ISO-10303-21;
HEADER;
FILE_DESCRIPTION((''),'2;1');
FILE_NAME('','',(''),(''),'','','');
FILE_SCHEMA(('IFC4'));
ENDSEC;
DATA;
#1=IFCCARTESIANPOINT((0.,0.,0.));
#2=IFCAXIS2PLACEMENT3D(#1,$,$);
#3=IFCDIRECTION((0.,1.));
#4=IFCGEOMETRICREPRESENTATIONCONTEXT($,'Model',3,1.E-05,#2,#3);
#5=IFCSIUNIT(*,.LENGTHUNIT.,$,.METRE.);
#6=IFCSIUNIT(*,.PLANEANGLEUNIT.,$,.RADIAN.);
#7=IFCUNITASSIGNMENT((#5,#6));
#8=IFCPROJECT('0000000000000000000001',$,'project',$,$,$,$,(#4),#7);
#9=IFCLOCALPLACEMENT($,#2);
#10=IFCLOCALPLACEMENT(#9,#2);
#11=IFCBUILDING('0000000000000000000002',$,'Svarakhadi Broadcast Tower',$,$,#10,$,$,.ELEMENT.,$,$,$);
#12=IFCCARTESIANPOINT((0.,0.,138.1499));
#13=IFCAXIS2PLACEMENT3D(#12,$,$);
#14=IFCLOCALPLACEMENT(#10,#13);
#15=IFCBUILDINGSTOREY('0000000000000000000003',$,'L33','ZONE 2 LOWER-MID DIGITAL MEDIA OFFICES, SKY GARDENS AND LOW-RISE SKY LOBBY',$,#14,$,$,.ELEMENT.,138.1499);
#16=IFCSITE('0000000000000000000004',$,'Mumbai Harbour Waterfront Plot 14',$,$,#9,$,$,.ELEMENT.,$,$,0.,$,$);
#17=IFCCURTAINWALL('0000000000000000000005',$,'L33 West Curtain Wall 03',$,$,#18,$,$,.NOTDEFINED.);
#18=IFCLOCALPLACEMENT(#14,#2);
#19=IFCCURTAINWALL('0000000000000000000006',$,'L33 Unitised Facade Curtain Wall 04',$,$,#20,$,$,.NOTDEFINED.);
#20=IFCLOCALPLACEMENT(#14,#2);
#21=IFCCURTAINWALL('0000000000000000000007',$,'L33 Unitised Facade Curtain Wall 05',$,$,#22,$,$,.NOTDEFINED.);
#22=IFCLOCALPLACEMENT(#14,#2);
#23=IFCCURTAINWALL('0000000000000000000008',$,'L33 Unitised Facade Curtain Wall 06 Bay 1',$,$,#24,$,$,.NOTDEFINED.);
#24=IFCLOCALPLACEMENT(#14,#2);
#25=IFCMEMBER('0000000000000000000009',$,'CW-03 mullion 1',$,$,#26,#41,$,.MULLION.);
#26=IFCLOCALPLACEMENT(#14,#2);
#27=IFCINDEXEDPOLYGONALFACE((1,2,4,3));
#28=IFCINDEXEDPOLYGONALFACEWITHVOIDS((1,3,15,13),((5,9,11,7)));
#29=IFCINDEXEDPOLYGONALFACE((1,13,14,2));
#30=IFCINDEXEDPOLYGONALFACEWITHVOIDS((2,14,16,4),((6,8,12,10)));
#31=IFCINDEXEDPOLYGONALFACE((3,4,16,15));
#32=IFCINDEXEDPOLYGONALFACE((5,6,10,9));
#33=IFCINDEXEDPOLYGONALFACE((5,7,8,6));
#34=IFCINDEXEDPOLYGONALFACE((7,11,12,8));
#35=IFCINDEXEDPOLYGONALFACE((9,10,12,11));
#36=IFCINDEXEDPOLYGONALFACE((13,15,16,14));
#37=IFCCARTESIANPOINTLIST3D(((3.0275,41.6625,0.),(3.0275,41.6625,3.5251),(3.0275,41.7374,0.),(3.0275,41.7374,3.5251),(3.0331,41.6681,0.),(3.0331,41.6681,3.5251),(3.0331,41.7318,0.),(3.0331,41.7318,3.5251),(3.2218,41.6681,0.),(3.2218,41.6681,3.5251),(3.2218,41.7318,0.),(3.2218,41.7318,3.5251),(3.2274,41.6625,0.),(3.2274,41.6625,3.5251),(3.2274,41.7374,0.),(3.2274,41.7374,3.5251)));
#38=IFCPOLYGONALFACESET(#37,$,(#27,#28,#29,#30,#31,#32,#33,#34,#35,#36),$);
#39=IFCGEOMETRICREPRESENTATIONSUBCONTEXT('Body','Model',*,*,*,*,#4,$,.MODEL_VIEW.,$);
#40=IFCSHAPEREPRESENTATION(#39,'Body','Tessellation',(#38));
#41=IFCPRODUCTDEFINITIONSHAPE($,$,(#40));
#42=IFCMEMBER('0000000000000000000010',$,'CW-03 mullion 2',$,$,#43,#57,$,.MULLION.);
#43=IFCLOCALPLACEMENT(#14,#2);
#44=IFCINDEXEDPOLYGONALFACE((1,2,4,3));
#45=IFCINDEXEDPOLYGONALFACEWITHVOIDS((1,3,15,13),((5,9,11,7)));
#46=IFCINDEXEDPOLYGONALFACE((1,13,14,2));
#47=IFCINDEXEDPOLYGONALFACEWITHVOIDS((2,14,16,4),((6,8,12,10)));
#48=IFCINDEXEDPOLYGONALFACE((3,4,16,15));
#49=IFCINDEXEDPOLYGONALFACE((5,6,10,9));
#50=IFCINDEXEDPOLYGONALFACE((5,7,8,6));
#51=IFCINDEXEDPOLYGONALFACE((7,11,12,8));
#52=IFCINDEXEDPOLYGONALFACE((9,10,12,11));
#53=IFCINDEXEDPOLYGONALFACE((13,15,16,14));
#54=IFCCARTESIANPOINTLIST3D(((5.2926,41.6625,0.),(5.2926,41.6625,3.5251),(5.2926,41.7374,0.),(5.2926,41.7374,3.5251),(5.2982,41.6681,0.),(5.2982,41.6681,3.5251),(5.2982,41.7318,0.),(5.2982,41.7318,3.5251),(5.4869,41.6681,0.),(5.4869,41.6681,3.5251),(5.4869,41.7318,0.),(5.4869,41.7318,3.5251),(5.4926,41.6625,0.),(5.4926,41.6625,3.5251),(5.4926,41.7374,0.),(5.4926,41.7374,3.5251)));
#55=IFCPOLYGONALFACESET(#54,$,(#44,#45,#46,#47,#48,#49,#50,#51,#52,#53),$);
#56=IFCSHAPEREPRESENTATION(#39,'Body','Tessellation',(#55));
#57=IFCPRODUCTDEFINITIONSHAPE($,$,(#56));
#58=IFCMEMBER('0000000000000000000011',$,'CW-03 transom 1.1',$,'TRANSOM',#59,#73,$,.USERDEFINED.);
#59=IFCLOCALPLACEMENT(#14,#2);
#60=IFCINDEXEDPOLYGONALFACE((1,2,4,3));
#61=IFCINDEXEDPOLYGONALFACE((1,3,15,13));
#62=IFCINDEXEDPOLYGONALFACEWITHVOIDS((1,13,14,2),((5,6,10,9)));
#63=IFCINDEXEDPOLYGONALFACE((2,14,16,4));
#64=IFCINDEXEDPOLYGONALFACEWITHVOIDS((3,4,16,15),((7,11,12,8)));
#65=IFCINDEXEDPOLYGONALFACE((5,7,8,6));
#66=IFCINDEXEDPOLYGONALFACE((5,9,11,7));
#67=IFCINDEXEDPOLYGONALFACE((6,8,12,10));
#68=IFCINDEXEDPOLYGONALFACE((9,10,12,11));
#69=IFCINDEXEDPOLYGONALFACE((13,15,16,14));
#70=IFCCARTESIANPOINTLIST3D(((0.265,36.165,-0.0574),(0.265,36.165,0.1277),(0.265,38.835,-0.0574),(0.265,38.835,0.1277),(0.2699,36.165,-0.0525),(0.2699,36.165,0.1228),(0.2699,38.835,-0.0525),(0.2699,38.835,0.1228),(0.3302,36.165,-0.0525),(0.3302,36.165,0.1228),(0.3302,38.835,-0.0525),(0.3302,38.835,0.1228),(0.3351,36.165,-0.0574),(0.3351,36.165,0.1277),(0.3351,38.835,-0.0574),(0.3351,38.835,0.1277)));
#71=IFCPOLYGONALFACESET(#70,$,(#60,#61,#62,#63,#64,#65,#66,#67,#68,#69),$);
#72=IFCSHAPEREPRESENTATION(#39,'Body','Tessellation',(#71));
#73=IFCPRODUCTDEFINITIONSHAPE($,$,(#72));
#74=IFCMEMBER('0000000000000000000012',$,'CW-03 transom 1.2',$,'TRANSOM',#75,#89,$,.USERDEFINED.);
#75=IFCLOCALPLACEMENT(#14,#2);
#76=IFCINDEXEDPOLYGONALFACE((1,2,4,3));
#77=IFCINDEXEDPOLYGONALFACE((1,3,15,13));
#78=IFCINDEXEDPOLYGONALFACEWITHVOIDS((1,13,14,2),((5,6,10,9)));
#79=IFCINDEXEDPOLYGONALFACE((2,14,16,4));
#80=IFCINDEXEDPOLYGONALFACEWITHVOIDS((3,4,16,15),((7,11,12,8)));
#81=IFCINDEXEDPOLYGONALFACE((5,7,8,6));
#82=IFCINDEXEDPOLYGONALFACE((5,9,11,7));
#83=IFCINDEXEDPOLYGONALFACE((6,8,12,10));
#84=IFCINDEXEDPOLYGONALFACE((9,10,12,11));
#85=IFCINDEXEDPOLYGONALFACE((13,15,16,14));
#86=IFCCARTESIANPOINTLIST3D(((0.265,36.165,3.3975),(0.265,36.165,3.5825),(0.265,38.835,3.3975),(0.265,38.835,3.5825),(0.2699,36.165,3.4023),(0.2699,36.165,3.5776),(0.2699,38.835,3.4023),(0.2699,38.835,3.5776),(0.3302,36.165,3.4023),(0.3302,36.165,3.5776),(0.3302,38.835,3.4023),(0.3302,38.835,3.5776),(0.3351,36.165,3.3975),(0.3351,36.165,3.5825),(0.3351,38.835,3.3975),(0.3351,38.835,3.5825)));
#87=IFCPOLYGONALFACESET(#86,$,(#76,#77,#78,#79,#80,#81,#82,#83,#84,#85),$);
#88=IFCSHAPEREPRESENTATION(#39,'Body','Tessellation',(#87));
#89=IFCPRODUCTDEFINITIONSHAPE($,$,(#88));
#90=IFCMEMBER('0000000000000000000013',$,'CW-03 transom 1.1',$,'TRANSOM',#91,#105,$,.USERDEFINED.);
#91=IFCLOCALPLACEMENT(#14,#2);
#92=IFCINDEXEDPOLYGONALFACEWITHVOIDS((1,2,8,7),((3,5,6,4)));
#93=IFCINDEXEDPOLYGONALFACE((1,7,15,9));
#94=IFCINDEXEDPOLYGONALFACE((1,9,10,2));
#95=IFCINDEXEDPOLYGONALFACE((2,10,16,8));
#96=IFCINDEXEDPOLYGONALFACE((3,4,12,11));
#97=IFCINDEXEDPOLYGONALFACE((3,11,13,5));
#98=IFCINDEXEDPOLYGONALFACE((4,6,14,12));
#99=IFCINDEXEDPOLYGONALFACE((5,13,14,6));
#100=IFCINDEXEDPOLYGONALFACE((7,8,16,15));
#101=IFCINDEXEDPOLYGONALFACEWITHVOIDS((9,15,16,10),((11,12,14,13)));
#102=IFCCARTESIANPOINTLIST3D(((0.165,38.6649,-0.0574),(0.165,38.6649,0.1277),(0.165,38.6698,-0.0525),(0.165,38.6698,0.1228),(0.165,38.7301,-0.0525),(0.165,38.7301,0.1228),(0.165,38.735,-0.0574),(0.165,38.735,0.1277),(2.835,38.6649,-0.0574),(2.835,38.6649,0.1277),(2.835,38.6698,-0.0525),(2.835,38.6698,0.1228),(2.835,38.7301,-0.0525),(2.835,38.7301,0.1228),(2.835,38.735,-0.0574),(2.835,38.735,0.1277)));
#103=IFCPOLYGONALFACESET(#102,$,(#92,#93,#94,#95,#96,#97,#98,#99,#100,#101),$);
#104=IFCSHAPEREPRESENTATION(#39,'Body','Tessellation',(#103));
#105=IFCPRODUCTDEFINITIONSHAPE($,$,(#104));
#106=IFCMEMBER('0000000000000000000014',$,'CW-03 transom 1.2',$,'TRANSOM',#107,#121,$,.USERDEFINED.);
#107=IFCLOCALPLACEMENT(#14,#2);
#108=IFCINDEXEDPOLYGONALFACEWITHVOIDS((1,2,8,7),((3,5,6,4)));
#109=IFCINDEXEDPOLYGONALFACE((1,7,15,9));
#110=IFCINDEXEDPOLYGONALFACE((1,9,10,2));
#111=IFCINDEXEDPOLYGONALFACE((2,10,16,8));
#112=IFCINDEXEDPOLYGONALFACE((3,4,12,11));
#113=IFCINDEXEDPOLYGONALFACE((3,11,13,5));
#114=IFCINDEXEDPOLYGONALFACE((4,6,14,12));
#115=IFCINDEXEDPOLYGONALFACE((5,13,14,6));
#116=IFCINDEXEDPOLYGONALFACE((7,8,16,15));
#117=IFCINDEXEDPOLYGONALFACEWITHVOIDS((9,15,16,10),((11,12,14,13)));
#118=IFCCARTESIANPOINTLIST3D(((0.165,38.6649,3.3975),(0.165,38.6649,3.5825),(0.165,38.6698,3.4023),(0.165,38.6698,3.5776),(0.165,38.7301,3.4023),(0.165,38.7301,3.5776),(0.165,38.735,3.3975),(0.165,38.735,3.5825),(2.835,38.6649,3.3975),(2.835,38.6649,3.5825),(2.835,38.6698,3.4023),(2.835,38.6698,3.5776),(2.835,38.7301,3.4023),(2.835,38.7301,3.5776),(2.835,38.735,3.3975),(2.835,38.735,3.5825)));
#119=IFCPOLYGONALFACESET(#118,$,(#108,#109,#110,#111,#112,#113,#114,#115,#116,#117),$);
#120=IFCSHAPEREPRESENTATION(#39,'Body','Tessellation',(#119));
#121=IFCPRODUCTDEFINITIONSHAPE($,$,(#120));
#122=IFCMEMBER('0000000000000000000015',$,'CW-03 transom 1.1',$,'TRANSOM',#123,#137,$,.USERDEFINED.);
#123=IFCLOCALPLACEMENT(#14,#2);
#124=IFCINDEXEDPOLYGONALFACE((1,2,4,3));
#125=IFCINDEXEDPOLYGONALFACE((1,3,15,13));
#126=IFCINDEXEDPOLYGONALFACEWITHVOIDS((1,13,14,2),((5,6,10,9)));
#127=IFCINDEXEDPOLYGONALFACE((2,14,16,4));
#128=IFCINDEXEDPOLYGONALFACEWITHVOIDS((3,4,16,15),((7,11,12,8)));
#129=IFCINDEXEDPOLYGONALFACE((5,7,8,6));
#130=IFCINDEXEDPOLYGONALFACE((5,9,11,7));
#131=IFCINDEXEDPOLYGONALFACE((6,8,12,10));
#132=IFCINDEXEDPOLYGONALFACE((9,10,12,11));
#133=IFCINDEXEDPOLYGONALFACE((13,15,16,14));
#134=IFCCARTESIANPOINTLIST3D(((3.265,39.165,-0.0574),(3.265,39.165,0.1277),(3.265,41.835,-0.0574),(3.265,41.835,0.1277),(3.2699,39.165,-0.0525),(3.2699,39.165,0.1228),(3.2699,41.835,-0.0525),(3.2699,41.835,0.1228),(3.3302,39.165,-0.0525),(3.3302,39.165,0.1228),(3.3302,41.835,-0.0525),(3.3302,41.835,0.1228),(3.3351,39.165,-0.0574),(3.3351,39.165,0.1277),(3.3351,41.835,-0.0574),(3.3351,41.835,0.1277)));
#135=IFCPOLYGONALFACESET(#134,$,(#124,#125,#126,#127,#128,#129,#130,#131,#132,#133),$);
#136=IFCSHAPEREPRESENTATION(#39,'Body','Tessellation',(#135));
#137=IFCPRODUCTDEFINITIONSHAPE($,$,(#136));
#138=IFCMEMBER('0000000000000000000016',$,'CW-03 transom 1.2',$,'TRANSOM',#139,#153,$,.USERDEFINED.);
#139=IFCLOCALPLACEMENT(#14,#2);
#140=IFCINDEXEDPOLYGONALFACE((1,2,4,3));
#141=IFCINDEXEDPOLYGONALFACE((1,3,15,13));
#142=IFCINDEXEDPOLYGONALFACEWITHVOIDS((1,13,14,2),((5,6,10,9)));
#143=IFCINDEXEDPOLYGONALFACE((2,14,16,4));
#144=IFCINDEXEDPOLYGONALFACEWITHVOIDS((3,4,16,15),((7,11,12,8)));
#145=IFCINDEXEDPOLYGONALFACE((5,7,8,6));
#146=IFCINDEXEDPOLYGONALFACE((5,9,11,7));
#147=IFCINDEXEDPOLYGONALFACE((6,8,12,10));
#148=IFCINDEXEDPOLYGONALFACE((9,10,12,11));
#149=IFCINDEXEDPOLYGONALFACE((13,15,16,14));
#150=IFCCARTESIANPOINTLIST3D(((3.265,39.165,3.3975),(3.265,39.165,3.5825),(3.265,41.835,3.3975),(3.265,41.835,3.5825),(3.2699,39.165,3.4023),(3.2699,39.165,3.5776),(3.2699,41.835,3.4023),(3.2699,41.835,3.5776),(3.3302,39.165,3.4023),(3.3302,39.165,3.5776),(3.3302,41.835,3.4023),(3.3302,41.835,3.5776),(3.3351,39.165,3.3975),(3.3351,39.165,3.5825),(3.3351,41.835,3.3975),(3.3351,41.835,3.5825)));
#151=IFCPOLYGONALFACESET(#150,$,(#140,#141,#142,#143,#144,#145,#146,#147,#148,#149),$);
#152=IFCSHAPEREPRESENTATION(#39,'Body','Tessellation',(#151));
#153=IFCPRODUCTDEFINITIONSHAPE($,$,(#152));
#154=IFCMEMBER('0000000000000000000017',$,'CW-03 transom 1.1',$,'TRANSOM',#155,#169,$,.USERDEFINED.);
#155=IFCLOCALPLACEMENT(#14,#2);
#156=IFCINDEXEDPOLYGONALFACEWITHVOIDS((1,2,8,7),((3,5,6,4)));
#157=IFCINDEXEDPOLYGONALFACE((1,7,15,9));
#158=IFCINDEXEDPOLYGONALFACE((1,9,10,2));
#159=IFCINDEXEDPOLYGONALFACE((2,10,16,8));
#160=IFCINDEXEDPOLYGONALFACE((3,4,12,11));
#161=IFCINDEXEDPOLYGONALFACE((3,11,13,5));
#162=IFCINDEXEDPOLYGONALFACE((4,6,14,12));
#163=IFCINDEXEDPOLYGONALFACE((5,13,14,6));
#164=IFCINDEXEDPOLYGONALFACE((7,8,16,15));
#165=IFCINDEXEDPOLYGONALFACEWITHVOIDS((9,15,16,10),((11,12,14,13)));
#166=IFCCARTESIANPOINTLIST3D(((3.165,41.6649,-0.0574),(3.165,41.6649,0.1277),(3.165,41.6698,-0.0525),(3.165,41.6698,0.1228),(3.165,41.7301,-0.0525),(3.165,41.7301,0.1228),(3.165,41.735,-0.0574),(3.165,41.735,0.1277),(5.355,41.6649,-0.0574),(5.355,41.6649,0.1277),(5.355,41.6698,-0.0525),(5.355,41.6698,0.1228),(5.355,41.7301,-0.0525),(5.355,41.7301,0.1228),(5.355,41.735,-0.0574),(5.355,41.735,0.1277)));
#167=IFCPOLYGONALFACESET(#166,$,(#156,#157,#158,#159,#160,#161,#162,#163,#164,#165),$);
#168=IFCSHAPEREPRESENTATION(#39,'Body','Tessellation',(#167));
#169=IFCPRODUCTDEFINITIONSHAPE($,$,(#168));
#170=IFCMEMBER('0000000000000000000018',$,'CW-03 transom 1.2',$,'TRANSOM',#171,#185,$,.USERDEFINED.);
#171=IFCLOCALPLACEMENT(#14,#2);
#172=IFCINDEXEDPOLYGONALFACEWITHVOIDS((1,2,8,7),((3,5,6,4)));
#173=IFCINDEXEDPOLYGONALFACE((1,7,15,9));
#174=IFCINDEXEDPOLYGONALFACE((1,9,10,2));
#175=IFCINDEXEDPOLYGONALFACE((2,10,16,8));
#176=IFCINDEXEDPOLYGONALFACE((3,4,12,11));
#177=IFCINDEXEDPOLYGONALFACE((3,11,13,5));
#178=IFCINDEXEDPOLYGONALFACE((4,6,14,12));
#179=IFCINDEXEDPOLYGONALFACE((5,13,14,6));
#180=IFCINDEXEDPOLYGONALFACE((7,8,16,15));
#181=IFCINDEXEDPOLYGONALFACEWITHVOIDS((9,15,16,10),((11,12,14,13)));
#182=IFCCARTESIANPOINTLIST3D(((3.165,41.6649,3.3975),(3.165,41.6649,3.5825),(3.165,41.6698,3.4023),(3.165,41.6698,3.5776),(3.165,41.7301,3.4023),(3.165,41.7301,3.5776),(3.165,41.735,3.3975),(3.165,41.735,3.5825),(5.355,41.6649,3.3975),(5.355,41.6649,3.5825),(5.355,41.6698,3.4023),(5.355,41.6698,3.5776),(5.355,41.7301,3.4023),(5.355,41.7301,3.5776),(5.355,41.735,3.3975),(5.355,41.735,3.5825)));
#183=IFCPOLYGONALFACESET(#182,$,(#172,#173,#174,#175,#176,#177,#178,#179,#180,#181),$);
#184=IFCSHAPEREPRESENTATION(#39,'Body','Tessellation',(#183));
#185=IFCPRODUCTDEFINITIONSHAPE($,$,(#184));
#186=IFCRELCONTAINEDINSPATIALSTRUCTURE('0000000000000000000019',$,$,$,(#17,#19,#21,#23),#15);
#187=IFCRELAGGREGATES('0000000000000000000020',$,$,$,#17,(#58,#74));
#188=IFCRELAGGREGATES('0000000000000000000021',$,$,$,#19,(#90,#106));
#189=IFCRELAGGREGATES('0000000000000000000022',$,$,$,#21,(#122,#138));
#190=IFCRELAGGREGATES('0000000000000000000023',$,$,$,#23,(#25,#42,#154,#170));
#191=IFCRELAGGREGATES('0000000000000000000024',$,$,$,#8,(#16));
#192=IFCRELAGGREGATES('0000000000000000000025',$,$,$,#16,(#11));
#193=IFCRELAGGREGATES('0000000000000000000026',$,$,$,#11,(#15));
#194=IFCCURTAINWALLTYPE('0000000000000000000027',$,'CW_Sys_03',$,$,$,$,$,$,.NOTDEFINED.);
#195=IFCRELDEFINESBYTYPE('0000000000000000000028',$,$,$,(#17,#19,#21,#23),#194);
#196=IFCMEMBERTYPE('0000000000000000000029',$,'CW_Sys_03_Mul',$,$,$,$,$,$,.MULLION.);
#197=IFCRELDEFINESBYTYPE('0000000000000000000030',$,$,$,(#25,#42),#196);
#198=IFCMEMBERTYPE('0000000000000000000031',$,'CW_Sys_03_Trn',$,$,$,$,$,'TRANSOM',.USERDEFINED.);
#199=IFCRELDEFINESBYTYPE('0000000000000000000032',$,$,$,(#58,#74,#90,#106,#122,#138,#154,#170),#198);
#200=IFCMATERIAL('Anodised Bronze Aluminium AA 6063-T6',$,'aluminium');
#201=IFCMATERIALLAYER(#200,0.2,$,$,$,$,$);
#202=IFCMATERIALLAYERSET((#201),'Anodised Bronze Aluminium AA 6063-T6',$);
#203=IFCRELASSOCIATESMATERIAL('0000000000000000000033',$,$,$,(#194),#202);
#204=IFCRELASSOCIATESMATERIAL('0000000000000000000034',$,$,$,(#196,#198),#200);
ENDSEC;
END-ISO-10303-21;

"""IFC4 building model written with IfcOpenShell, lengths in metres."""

from ifc_helpers import new_model, si_unit, direction, frame, origin, origin_2d, place, context, subcontext, project, spatial, hollow_rectangle, extrude, material, layer, layer_set, material_profile, profile_set, type_object, element, aggregate, save


model = new_model("IFC4")

# Units and contexts
model_context = context("Model", 3, precision=1e-05, world=origin(), true_north=direction((0.0, 1.0)))
body_context = subcontext(model_context, "Body", "Model", "MODEL_VIEW")
ifc_project = project(units=[si_unit("LENGTHUNIT", "METRE"), si_unit("PLANEANGLEUNIT", "RADIAN")], contexts=[model_context])

# Site, building, storey
site_placement = place(None, origin())
site = spatial("IfcSite", under=ifc_project, at=site_placement, Name="Mumbai Harbour Waterfront Plot 14", CompositionType="ELEMENT", RefElevation=0.0)
building_placement = place(site_placement, origin())
building = spatial("IfcBuilding", under=site, at=building_placement, Name="Svarakhadi Broadcast Tower", CompositionType="ELEMENT")
storey_placement = place(building_placement, frame((0.0, 0.0, 138.1499)))
storey = spatial("IfcBuildingStorey", under=building, at=storey_placement, Name="L33", Description="ZONE 2 LOWER-MID DIGITAL MEDIA OFFICES, SKY GARDENS AND LOW-RISE SKY LOBBY", CompositionType="ELEMENT", Elevation=138.1499)

# Curtain walls, members
ifc_material_1 = material(Name="Anodised Bronze Aluminium AA 6063-T6", Category="aluminium")
ifc_layer_1 = layer(ifc_material_1, 0.2)
ifc_layer_set_1 = layer_set([ifc_layer_1], Name="Anodised Bronze Aluminium AA 6063-T6")
curtain_wall_type = type_object("IfcCurtainWallType", Name="CW_Sys_03", PredefinedType="NOTDEFINED", material=ifc_layer_set_1)
curtain_wall_1_placement = place(storey_placement, origin())
curtain_wall_1 = element("IfcCurtainWall", 1, at=curtain_wall_1_placement, inside=storey, type_object=curtain_wall_type, Name="L33 West Curtain Wall 03", PredefinedType="NOTDEFINED")
ifc_material_profile_1 = material_profile(ifc_material_1, hollow_rectangle(XDim=0.075, YDim=0.2, WallThickness=0.0056, at=origin_2d()), Name="ALU MULLION 200x75x6")
ifc_profile_set_1 = profile_set([ifc_material_profile_1], Name="Anodised Bronze Aluminium AA 6063-T6")
member_type_1 = type_object("IfcMemberType", Name="CW_Sys_03_Mul", PredefinedType="MULLION", material=ifc_profile_set_1)
curtain_wall_2_placement = place(storey_placement, origin())
curtain_wall_2 = element("IfcCurtainWall", 2, at=curtain_wall_2_placement, inside=storey, type_object=curtain_wall_type, Name="L33 Unitised Facade Curtain Wall 04", PredefinedType="NOTDEFINED")
curtain_wall_3_placement = place(storey_placement, origin())
curtain_wall_3 = element("IfcCurtainWall", 3, at=curtain_wall_3_placement, inside=storey, type_object=curtain_wall_type, Name="L33 Unitised Facade Curtain Wall 05", PredefinedType="NOTDEFINED")
curtain_wall_4_placement = place(storey_placement, origin())
curtain_wall_4 = element("IfcCurtainWall", 4, at=curtain_wall_4_placement, inside=storey, type_object=curtain_wall_type, Name="L33 Unitised Facade Curtain Wall 06 Bay 1", PredefinedType="NOTDEFINED")
member_1_placement = place(storey_placement, frame((3.1274, 41.7, 0.0), z_axis=(0.0, 0.0, 1.0), x_axis=(0.0, 1.0, 0.0)))
member_1 = element("IfcMember", 5, at=member_1_placement, type_object=member_type_1, Name="CW-03 mullion 1", PredefinedType="MULLION", context=body_context, shape_type="SweptSolid", body=[
    extrude(hollow_rectangle(XDim=0.075, YDim=0.2, WallThickness=0.0056, at=origin_2d()), origin(), (0.0, 0.0, 1.0), 3.5251),
])
member_2_placement = place(storey_placement, frame((5.3926, 41.7, 0.0), z_axis=(0.0, 0.0, 1.0), x_axis=(0.0, 1.0, 0.0)))
member_2 = element("IfcMember", 6, at=member_2_placement, type_object=member_type_1, Name="CW-03 mullion 2", PredefinedType="MULLION", context=body_context, shape_type="SweptSolid", body=[
    extrude(hollow_rectangle(XDim=0.075, YDim=0.2, WallThickness=0.0056, at=origin_2d()), origin(), (0.0, 0.0, 1.0), 3.5251),
])

# Members
ifc_material_profile_2 = material_profile(ifc_material_1, hollow_rectangle(XDim=0.0701, YDim=0.1851, WallThickness=0.0049, at=origin_2d()), Name="ALU TRANSOM 185x70x5")
ifc_profile_set_2 = profile_set([ifc_material_profile_2], Name="Anodised Bronze Aluminium AA 6063-T6")
member_type_2 = type_object("IfcMemberType", Name="CW_Sys_03_Trn", ElementType="TRANSOM", PredefinedType="USERDEFINED", material=ifc_profile_set_2)
member_3_placement = place(storey_placement, frame((0.3, 36.165, 0.0352), z_axis=(0.0, 1.0, 0.0), x_axis=(-1.0, 0.0, 0.0)))
member_3 = element("IfcMember", 7, at=member_3_placement, type_object=member_type_2, Name="CW-03 transom 1.1", ObjectType="TRANSOM", PredefinedType="USERDEFINED", context=body_context, shape_type="SweptSolid", body=[
    extrude(hollow_rectangle(XDim=0.0701, YDim=0.1851, WallThickness=0.0049, at=origin_2d()), origin(), (0.0, 0.0, 1.0), 2.6699),
])
member_4_placement = place(storey_placement, frame((0.3, 36.165, 3.49), z_axis=(0.0, 1.0, 0.0), x_axis=(-1.0, 0.0, 0.0)))
member_4 = element("IfcMember", 8, at=member_4_placement, type_object=member_type_2, Name="CW-03 transom 1.2", ObjectType="TRANSOM", PredefinedType="USERDEFINED", context=body_context, shape_type="SweptSolid", body=[
    extrude(hollow_rectangle(XDim=0.0701, YDim=0.1851, WallThickness=0.0049, at=origin_2d()), origin(), (0.0, 0.0, 1.0), 2.6699),
])
member_5_placement = place(storey_placement, frame((0.165, 38.7, 0.0352), z_axis=(1.0, 0.0, 0.0), x_axis=(0.0, 1.0, 0.0)))
member_5 = element("IfcMember", 9, at=member_5_placement, type_object=member_type_2, Name="CW-03 transom 1.1", ObjectType="TRANSOM", PredefinedType="USERDEFINED", context=body_context, shape_type="SweptSolid", body=[
    extrude(hollow_rectangle(XDim=0.0701, YDim=0.1851, WallThickness=0.0049, at=origin_2d()), origin(), (0.0, 0.0, 1.0), 2.6699),
])
member_6_placement = place(storey_placement, frame((0.165, 38.7, 3.49), z_axis=(1.0, 0.0, 0.0), x_axis=(0.0, 1.0, 0.0)))
member_6 = element("IfcMember", 10, at=member_6_placement, type_object=member_type_2, Name="CW-03 transom 1.2", ObjectType="TRANSOM", PredefinedType="USERDEFINED", context=body_context, shape_type="SweptSolid", body=[
    extrude(hollow_rectangle(XDim=0.0701, YDim=0.1851, WallThickness=0.0049, at=origin_2d()), origin(), (0.0, 0.0, 1.0), 2.6699),
])
member_7_placement = place(storey_placement, frame((3.3, 39.165, 0.0352), z_axis=(0.0, 1.0, 0.0), x_axis=(-1.0, 0.0, 0.0)))
member_7 = element("IfcMember", 11, at=member_7_placement, type_object=member_type_2, Name="CW-03 transom 1.1", ObjectType="TRANSOM", PredefinedType="USERDEFINED", context=body_context, shape_type="SweptSolid", body=[
    extrude(hollow_rectangle(XDim=0.0701, YDim=0.1851, WallThickness=0.0049, at=origin_2d()), origin(), (0.0, 0.0, 1.0), 2.6699),
])
member_8_placement = place(storey_placement, frame((3.3, 39.165, 3.49), z_axis=(0.0, 1.0, 0.0), x_axis=(-1.0, 0.0, 0.0)))
member_8 = element("IfcMember", 12, at=member_8_placement, type_object=member_type_2, Name="CW-03 transom 1.2", ObjectType="TRANSOM", PredefinedType="USERDEFINED", context=body_context, shape_type="SweptSolid", body=[
    extrude(hollow_rectangle(XDim=0.0701, YDim=0.1851, WallThickness=0.0049, at=origin_2d()), origin(), (0.0, 0.0, 1.0), 2.6699),
])
member_9_placement = place(storey_placement, frame((3.165, 41.7, 0.0352), z_axis=(1.0, 0.0, 0.0), x_axis=(0.0, 1.0, 0.0)))
member_9 = element("IfcMember", 13, at=member_9_placement, type_object=member_type_2, Name="CW-03 transom 1.1", ObjectType="TRANSOM", PredefinedType="USERDEFINED", context=body_context, shape_type="SweptSolid", body=[
    extrude(hollow_rectangle(XDim=0.0701, YDim=0.1851, WallThickness=0.0049, at=origin_2d()), origin(), (0.0, 0.0, 1.0), 2.1899),
])
member_10_placement = place(storey_placement, frame((3.165, 41.7, 3.49), z_axis=(1.0, 0.0, 0.0), x_axis=(0.0, 1.0, 0.0)))
member_10 = element("IfcMember", 14, at=member_10_placement, type_object=member_type_2, Name="CW-03 transom 1.2", ObjectType="TRANSOM", PredefinedType="USERDEFINED", context=body_context, shape_type="SweptSolid", body=[
    extrude(hollow_rectangle(XDim=0.0701, YDim=0.1851, WallThickness=0.0049, at=origin_2d()), origin(), (0.0, 0.0, 1.0), 2.1899),
])

aggregate(curtain_wall_1, [member_3, member_4])
aggregate(curtain_wall_2, [member_5, member_6])
aggregate(curtain_wall_3, [member_7, member_8])
aggregate(curtain_wall_4, [member_1, member_2, member_9, member_10])

save(model, "model.ifc")
